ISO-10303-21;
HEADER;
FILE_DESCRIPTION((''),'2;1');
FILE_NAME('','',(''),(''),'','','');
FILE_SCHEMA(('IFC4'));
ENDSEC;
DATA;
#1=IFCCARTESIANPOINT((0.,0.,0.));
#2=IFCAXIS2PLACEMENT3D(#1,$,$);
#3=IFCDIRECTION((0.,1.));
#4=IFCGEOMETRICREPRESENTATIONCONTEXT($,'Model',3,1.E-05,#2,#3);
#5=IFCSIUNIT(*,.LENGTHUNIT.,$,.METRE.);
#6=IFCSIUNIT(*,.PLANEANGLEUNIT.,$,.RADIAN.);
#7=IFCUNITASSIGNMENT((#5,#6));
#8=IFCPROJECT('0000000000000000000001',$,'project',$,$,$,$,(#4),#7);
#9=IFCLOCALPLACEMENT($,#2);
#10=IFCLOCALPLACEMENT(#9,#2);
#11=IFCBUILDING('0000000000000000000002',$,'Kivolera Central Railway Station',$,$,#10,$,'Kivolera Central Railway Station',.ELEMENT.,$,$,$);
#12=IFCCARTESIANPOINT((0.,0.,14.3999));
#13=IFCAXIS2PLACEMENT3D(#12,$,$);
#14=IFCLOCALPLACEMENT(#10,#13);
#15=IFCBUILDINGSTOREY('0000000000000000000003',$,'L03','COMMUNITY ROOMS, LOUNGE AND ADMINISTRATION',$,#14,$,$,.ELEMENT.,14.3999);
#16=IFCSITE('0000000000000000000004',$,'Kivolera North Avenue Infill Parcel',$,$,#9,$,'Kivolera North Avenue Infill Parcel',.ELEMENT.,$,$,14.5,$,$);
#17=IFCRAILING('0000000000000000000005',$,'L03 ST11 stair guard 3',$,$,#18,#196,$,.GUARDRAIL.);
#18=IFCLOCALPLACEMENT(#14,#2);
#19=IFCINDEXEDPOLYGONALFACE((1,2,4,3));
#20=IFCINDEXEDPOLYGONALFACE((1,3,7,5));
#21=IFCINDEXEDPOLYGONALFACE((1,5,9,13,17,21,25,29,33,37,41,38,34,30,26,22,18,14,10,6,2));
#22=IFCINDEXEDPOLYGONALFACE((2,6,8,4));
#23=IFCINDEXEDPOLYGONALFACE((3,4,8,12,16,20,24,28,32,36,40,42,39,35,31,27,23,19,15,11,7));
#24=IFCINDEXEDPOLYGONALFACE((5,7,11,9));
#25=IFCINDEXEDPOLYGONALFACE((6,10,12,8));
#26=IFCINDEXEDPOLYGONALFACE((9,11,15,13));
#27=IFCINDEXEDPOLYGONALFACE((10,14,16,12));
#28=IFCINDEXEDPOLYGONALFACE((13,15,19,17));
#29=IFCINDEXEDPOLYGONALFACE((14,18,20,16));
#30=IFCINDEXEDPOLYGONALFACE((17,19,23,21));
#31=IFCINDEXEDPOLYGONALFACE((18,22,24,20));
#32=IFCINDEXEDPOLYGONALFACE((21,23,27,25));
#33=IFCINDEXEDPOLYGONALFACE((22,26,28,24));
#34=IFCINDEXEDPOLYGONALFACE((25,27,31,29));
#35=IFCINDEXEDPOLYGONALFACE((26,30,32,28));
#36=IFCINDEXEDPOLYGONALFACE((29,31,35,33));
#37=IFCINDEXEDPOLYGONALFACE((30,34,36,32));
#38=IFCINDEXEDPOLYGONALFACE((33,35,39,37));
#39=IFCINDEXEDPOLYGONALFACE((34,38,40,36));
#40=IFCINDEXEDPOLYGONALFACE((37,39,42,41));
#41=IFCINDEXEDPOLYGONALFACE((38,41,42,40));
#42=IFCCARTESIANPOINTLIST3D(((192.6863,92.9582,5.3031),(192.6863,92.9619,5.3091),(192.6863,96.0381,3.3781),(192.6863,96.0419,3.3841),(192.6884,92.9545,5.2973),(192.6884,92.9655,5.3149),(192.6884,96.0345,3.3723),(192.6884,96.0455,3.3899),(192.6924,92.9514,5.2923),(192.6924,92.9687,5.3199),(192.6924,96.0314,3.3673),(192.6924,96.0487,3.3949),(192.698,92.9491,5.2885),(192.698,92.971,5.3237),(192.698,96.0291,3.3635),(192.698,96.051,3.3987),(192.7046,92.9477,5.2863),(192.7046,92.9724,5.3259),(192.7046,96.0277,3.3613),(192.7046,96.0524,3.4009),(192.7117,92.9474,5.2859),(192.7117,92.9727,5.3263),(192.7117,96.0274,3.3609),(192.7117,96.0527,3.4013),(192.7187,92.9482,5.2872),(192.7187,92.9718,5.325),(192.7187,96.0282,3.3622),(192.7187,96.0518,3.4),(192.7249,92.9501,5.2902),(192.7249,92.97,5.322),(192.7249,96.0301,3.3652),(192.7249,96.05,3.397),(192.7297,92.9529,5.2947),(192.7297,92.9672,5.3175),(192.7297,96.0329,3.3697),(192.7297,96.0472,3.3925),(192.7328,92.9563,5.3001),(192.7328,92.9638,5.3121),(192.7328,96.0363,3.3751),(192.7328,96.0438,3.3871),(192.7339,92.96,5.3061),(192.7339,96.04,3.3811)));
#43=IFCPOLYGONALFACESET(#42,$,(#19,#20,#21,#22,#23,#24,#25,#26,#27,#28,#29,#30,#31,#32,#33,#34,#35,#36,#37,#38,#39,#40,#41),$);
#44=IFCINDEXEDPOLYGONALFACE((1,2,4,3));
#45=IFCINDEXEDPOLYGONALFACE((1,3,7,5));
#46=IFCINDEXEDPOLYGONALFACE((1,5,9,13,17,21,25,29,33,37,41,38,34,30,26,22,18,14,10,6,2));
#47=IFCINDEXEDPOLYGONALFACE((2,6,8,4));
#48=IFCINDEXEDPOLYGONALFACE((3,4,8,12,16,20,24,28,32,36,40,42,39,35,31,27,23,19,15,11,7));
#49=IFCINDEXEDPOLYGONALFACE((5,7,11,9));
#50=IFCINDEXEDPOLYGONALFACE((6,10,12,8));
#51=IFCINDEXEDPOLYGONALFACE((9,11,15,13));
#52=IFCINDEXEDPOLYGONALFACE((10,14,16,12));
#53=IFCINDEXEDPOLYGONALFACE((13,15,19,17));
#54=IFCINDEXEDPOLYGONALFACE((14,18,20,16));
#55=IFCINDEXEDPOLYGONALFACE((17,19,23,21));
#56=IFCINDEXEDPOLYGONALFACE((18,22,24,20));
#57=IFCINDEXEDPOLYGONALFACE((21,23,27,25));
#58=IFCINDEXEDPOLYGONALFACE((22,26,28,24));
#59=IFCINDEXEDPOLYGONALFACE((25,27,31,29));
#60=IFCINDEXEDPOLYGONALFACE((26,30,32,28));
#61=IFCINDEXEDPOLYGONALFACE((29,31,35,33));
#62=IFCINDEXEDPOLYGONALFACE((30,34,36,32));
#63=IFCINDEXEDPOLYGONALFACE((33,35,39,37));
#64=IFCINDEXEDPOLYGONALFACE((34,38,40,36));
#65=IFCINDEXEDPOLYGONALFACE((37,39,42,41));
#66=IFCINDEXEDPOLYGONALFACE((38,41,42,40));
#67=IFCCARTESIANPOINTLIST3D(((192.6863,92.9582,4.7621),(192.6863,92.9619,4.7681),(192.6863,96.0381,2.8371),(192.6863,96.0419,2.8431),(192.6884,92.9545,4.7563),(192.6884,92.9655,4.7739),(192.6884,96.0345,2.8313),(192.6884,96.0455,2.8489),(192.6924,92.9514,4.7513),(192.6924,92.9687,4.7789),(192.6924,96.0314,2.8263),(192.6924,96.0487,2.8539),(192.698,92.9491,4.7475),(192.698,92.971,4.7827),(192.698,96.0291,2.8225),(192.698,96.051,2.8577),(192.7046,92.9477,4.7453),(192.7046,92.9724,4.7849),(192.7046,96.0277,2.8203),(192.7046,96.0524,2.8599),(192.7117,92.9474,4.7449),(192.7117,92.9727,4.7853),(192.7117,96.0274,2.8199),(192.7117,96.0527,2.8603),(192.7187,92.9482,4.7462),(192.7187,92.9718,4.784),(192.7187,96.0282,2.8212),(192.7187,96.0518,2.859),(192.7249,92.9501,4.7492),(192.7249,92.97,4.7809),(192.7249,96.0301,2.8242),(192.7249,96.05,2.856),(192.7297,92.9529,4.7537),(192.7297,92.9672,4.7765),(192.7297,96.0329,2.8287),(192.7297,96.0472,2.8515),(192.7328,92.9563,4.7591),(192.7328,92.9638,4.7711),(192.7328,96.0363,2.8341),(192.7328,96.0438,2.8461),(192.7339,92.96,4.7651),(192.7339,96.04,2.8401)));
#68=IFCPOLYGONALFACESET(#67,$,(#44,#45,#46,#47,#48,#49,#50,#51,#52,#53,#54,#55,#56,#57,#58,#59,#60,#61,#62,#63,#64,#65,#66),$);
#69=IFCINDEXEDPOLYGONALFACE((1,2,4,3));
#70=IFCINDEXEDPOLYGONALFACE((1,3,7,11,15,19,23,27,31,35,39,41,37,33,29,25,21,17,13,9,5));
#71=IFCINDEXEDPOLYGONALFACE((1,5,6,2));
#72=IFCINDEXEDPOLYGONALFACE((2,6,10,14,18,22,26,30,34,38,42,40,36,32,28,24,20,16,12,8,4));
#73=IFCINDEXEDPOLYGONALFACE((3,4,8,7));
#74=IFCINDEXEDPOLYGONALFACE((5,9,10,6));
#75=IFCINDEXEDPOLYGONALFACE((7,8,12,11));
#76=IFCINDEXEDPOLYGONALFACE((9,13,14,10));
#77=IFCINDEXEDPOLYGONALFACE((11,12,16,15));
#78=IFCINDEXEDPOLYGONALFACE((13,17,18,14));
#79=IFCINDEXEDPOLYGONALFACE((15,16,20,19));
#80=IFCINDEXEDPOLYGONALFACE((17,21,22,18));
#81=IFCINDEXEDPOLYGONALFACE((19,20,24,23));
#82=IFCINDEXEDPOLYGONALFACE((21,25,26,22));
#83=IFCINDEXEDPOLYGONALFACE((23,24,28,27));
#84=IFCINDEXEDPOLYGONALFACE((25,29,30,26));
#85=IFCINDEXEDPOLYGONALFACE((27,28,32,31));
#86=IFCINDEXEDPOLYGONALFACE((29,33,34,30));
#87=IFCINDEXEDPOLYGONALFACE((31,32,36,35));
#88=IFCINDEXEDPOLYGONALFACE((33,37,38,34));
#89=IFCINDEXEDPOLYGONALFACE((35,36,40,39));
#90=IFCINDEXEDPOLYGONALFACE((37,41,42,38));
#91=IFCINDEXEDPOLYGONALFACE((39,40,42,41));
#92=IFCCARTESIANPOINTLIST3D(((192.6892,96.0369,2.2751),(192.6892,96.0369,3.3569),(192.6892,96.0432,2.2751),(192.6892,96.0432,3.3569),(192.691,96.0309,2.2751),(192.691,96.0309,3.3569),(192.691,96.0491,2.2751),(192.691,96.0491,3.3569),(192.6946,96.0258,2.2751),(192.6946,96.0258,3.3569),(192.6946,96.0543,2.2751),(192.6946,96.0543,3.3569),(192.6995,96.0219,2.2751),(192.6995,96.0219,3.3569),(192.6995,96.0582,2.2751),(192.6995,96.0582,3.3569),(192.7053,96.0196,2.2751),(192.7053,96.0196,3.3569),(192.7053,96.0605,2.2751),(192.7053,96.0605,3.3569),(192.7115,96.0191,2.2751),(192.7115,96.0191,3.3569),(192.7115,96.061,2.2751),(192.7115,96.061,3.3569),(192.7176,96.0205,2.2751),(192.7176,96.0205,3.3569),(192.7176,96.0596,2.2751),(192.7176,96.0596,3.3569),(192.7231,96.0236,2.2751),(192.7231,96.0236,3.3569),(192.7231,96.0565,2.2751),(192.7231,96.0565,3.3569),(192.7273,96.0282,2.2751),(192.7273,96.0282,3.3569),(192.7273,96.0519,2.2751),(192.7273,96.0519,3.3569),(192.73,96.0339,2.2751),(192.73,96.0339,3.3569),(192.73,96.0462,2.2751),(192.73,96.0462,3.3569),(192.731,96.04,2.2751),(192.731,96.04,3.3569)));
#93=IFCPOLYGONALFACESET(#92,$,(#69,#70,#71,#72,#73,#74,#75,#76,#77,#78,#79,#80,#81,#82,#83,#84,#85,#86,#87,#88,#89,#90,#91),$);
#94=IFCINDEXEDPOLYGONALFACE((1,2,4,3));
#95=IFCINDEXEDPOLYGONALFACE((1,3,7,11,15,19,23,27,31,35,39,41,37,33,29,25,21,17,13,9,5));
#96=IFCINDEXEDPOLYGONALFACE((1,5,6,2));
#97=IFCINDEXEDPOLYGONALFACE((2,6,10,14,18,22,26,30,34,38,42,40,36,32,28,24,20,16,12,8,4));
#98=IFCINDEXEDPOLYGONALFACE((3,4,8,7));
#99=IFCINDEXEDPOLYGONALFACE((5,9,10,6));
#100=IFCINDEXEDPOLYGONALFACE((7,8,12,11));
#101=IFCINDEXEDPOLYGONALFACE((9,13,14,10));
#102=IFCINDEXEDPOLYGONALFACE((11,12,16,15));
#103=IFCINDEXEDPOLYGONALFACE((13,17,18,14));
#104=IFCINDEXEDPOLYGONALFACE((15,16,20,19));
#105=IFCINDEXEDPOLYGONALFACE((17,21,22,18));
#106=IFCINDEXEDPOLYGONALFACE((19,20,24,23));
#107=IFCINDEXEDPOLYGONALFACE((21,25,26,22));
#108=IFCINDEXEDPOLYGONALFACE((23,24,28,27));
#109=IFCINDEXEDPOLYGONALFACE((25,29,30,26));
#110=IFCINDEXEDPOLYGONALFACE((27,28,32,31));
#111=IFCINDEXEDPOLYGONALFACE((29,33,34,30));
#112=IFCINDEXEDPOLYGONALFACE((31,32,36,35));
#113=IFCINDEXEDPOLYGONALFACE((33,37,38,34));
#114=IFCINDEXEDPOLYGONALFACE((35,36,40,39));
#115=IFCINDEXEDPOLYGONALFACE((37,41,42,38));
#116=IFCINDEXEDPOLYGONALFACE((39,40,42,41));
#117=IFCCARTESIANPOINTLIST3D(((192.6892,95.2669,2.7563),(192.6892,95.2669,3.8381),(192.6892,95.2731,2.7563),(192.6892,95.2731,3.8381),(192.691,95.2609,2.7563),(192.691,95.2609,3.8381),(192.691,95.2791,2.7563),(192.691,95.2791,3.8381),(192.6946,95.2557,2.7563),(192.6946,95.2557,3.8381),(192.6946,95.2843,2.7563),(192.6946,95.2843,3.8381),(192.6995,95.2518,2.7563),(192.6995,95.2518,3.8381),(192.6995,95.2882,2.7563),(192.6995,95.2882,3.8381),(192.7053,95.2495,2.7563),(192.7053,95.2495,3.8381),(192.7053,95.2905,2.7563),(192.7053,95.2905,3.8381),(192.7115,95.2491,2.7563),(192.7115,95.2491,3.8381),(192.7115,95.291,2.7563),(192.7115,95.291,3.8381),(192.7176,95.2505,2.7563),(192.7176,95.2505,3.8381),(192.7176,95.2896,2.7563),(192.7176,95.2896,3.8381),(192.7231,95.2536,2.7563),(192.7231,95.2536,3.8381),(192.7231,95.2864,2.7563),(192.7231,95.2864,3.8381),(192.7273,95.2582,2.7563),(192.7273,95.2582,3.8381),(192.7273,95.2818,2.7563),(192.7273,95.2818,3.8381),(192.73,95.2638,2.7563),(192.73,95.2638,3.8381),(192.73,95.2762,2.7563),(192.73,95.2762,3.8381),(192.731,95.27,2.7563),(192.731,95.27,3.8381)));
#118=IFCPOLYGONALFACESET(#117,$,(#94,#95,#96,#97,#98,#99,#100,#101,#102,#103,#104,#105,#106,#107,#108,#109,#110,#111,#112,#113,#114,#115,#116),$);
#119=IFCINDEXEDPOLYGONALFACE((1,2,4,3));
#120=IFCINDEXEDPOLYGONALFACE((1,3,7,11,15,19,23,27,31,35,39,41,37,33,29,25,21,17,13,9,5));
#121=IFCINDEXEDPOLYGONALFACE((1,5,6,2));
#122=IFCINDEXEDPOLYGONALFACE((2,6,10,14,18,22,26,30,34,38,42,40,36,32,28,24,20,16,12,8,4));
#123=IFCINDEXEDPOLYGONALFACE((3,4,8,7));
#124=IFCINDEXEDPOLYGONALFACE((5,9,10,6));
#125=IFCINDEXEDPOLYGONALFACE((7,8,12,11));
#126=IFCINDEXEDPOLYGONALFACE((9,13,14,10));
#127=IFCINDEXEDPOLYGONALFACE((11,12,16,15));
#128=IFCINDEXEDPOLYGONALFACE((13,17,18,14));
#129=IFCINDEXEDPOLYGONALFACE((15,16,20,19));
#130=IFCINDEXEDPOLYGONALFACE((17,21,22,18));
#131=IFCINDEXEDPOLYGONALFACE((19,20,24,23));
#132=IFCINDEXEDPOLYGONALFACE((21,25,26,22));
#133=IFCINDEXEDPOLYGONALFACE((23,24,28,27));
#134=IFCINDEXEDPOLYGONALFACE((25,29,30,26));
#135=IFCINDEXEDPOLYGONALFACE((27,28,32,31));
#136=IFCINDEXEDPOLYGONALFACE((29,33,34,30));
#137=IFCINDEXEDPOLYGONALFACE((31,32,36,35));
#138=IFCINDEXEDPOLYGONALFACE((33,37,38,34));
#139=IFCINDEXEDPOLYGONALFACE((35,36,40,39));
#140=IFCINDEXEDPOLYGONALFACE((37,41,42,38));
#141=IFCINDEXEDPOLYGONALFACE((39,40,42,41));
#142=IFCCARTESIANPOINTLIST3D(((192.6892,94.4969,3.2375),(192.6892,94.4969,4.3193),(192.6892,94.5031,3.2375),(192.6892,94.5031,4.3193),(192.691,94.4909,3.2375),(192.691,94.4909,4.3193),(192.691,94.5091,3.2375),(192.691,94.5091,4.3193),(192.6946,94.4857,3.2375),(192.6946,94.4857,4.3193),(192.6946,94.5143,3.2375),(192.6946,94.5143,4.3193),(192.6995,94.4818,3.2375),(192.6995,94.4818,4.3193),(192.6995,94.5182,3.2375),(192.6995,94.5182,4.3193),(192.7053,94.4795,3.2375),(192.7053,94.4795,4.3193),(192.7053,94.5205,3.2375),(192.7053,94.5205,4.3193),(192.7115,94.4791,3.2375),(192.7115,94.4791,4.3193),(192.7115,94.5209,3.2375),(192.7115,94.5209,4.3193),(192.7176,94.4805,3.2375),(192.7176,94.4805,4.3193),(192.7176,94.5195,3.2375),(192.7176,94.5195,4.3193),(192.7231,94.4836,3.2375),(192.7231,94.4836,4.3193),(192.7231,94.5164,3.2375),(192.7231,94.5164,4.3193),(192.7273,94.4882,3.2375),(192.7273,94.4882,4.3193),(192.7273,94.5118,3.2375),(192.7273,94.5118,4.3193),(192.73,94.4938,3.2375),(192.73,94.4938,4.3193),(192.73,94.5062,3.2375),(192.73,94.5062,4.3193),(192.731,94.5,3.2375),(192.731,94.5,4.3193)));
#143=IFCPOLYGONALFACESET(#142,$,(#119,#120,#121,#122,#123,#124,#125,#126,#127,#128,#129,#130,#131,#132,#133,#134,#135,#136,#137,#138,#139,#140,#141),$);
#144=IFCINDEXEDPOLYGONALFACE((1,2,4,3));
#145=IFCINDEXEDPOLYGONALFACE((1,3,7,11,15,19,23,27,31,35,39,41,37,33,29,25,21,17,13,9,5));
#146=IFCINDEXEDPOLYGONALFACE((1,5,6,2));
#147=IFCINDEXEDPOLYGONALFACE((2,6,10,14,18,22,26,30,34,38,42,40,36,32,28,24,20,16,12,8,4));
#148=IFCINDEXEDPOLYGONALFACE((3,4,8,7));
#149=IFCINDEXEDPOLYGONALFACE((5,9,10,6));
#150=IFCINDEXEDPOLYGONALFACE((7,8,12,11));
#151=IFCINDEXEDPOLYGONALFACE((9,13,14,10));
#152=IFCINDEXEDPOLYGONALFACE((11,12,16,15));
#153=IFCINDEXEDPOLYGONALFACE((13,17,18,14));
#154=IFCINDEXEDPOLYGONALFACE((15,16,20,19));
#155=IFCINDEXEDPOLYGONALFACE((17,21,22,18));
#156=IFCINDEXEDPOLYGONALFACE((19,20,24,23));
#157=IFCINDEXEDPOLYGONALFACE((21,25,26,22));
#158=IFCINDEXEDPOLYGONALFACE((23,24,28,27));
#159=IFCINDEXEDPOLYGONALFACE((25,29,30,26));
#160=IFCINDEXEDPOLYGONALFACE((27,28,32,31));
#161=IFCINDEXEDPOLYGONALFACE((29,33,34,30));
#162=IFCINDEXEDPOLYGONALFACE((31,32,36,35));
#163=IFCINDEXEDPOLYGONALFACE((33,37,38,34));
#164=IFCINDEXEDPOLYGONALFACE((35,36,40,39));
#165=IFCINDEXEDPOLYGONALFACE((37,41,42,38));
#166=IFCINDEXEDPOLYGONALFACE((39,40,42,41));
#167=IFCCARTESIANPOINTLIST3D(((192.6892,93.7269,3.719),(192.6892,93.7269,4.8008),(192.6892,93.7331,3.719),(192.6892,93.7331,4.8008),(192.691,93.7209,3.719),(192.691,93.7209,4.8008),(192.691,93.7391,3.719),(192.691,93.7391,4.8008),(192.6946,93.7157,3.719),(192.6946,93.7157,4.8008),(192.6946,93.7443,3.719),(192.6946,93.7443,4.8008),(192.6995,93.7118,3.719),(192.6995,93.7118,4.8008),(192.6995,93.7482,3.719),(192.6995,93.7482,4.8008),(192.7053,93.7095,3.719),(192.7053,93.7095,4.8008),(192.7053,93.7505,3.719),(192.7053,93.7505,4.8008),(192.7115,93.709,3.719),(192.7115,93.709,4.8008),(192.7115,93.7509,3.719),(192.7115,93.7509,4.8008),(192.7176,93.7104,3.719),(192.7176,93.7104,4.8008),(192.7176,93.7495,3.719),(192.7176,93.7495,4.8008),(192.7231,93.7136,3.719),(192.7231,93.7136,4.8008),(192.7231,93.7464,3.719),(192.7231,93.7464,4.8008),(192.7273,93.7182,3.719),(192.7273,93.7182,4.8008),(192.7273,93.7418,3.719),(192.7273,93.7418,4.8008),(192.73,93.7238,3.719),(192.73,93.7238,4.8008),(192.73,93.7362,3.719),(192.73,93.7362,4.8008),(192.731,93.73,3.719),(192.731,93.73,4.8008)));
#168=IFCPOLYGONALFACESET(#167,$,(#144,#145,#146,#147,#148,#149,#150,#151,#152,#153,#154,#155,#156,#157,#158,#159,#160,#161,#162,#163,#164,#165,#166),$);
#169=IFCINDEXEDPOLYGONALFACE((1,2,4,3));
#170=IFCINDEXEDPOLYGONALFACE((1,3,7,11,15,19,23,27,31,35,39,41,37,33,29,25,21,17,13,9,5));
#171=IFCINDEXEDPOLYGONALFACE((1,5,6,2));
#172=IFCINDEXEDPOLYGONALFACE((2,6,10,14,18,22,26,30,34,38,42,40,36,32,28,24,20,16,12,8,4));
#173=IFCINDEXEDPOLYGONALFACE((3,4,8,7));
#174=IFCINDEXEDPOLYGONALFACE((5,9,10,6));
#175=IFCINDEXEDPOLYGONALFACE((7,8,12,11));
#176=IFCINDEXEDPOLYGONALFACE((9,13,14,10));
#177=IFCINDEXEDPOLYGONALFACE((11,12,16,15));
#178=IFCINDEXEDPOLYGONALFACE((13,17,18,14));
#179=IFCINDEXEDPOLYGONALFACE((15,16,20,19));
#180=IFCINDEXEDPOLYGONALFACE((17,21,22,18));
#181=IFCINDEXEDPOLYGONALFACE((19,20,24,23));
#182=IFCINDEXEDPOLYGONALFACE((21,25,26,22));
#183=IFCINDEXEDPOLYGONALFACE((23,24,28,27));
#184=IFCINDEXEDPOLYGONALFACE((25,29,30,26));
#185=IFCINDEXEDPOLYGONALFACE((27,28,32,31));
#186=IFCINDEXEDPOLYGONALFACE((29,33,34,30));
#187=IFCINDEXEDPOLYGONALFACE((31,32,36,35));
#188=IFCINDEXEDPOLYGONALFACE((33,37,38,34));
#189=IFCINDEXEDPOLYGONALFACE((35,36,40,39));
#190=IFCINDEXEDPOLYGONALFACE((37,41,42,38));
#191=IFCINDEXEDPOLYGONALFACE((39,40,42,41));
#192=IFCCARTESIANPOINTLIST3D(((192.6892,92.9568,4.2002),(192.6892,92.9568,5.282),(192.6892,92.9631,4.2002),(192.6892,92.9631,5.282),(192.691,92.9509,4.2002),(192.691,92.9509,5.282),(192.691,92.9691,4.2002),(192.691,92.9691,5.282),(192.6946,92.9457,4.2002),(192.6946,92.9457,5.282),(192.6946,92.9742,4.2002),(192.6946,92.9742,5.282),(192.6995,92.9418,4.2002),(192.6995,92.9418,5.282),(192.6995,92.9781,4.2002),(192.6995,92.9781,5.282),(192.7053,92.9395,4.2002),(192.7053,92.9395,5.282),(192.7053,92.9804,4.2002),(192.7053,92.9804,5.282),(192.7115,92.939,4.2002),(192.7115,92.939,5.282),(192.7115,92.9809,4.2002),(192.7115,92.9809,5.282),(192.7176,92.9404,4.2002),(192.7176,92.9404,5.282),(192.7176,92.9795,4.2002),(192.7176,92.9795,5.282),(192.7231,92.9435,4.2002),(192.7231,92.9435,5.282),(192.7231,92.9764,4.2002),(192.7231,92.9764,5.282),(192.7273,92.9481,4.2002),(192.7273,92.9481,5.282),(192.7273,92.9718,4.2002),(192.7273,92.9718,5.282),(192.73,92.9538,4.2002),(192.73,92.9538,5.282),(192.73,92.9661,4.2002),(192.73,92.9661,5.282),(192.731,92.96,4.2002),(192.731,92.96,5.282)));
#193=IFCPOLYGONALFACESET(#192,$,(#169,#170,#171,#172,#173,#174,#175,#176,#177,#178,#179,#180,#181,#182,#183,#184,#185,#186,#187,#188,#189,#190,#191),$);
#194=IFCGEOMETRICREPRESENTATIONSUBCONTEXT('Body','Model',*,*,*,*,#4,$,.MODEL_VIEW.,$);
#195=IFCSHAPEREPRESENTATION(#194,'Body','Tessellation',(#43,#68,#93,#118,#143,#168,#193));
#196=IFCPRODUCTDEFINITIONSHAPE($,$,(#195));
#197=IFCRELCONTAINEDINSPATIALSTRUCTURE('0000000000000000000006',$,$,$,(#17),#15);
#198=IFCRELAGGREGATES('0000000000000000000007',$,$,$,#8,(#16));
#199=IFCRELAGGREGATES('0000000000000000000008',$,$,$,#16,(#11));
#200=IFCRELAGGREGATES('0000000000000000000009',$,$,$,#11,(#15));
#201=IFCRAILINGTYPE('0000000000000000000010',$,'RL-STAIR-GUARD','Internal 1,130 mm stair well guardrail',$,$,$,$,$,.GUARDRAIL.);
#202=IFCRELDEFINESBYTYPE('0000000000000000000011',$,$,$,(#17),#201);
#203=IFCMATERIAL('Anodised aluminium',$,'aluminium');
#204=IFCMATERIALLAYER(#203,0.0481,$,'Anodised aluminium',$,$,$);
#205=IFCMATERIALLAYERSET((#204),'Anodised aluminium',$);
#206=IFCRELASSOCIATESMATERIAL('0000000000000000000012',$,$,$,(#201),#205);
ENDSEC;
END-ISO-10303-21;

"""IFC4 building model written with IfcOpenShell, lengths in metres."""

from ifc_helpers import new_model, si_unit, direction, frame, origin, origin_2d, place, context, subcontext, project, spatial, circle, extrude, material, layer, layer_set, type_object, element, save


model = new_model("IFC4")

# Units and contexts
model_context = context("Model", 3, precision=1e-05, world=origin(), true_north=direction((0.0, 1.0)))
body_context = subcontext(model_context, "Body", "Model", "MODEL_VIEW")
ifc_project = project(units=[si_unit("LENGTHUNIT", "METRE"), si_unit("PLANEANGLEUNIT", "RADIAN")], contexts=[model_context])

# Site, building, storey
site_placement = place(None, origin())
site = spatial("IfcSite", under=ifc_project, at=site_placement, Name="Kivolera North Avenue Infill Parcel", LongName="Kivolera North Avenue Infill Parcel", CompositionType="ELEMENT", RefElevation=14.5)
building_placement = place(site_placement, origin())
building = spatial("IfcBuilding", under=site, at=building_placement, Name="Kivolera Central Railway Station", LongName="Kivolera Central Railway Station", CompositionType="ELEMENT")
storey_placement = place(building_placement, frame((0.0, 0.0, 14.3999)))
storey = spatial("IfcBuildingStorey", under=building, at=storey_placement, Name="L03", Description="COMMUNITY ROOMS, LOUNGE AND ADMINISTRATION", CompositionType="ELEMENT", Elevation=14.3999)

# Shared definitions
ifc_material_1 = material(Name="Anodised aluminium", Category="aluminium")

# Railing
ifc_layer_1 = layer(ifc_material_1, 0.0481, Name="Anodised aluminium")
ifc_layer_set_1 = layer_set([ifc_layer_1], Name="Anodised aluminium")
railing_type_1 = type_object("IfcRailingType", Name="RL-STAIR-GUARD", Description="Internal 1,130 mm stair well guardrail", PredefinedType="GUARDRAIL", material=ifc_layer_set_1)
railing_1_placement = place(storey_placement, frame((192.71, 96.04, 2.2751)))
element("IfcRailing", 1, at=railing_1_placement, inside=storey, type_object=railing_type_1, Name="L03 ST11 stair guard 3", PredefinedType="GUARDRAIL", context=body_context, shape_type="SweptSolid", body=[
    extrude(circle(Radius=0.0239, at=origin_2d()), frame((0.0, 0.0, 1.106), z_axis=(0.0, -0.847998, 0.529999), x_axis=(1.0, 0.0, 0.0)), (0.0, 0.0, 1.0), 3.6321),
    extrude(circle(Radius=0.0239, at=origin_2d()), frame((0.0, 0.0, 0.5649), z_axis=(0.0, -0.847998, 0.529999), x_axis=(1.0, 0.0, 0.0)), (0.0, 0.0, 1.0), 3.6321),
    extrude(circle(Radius=0.021, at=origin_2d()), origin(), (0.0, 0.0, 1.0), 1.0818),
    extrude(circle(Radius=0.021, at=origin_2d()), frame((0.0, -0.77, 0.4812)), (0.0, 0.0, 1.0), 1.0818),
    extrude(circle(Radius=0.021, at=origin_2d()), frame((0.0, -1.54, 0.9624)), (0.0, 0.0, 1.0), 1.0818),
    extrude(circle(Radius=0.021, at=origin_2d()), frame((0.0, -2.3101, 1.4438)), (0.0, 0.0, 1.0), 1.0818),
    extrude(circle(Radius=0.021, at=origin_2d()), frame((0.0, -3.0801, 1.925)), (0.0, 0.0, 1.0), 1.0818),
])

save(model, "model.ifc")
